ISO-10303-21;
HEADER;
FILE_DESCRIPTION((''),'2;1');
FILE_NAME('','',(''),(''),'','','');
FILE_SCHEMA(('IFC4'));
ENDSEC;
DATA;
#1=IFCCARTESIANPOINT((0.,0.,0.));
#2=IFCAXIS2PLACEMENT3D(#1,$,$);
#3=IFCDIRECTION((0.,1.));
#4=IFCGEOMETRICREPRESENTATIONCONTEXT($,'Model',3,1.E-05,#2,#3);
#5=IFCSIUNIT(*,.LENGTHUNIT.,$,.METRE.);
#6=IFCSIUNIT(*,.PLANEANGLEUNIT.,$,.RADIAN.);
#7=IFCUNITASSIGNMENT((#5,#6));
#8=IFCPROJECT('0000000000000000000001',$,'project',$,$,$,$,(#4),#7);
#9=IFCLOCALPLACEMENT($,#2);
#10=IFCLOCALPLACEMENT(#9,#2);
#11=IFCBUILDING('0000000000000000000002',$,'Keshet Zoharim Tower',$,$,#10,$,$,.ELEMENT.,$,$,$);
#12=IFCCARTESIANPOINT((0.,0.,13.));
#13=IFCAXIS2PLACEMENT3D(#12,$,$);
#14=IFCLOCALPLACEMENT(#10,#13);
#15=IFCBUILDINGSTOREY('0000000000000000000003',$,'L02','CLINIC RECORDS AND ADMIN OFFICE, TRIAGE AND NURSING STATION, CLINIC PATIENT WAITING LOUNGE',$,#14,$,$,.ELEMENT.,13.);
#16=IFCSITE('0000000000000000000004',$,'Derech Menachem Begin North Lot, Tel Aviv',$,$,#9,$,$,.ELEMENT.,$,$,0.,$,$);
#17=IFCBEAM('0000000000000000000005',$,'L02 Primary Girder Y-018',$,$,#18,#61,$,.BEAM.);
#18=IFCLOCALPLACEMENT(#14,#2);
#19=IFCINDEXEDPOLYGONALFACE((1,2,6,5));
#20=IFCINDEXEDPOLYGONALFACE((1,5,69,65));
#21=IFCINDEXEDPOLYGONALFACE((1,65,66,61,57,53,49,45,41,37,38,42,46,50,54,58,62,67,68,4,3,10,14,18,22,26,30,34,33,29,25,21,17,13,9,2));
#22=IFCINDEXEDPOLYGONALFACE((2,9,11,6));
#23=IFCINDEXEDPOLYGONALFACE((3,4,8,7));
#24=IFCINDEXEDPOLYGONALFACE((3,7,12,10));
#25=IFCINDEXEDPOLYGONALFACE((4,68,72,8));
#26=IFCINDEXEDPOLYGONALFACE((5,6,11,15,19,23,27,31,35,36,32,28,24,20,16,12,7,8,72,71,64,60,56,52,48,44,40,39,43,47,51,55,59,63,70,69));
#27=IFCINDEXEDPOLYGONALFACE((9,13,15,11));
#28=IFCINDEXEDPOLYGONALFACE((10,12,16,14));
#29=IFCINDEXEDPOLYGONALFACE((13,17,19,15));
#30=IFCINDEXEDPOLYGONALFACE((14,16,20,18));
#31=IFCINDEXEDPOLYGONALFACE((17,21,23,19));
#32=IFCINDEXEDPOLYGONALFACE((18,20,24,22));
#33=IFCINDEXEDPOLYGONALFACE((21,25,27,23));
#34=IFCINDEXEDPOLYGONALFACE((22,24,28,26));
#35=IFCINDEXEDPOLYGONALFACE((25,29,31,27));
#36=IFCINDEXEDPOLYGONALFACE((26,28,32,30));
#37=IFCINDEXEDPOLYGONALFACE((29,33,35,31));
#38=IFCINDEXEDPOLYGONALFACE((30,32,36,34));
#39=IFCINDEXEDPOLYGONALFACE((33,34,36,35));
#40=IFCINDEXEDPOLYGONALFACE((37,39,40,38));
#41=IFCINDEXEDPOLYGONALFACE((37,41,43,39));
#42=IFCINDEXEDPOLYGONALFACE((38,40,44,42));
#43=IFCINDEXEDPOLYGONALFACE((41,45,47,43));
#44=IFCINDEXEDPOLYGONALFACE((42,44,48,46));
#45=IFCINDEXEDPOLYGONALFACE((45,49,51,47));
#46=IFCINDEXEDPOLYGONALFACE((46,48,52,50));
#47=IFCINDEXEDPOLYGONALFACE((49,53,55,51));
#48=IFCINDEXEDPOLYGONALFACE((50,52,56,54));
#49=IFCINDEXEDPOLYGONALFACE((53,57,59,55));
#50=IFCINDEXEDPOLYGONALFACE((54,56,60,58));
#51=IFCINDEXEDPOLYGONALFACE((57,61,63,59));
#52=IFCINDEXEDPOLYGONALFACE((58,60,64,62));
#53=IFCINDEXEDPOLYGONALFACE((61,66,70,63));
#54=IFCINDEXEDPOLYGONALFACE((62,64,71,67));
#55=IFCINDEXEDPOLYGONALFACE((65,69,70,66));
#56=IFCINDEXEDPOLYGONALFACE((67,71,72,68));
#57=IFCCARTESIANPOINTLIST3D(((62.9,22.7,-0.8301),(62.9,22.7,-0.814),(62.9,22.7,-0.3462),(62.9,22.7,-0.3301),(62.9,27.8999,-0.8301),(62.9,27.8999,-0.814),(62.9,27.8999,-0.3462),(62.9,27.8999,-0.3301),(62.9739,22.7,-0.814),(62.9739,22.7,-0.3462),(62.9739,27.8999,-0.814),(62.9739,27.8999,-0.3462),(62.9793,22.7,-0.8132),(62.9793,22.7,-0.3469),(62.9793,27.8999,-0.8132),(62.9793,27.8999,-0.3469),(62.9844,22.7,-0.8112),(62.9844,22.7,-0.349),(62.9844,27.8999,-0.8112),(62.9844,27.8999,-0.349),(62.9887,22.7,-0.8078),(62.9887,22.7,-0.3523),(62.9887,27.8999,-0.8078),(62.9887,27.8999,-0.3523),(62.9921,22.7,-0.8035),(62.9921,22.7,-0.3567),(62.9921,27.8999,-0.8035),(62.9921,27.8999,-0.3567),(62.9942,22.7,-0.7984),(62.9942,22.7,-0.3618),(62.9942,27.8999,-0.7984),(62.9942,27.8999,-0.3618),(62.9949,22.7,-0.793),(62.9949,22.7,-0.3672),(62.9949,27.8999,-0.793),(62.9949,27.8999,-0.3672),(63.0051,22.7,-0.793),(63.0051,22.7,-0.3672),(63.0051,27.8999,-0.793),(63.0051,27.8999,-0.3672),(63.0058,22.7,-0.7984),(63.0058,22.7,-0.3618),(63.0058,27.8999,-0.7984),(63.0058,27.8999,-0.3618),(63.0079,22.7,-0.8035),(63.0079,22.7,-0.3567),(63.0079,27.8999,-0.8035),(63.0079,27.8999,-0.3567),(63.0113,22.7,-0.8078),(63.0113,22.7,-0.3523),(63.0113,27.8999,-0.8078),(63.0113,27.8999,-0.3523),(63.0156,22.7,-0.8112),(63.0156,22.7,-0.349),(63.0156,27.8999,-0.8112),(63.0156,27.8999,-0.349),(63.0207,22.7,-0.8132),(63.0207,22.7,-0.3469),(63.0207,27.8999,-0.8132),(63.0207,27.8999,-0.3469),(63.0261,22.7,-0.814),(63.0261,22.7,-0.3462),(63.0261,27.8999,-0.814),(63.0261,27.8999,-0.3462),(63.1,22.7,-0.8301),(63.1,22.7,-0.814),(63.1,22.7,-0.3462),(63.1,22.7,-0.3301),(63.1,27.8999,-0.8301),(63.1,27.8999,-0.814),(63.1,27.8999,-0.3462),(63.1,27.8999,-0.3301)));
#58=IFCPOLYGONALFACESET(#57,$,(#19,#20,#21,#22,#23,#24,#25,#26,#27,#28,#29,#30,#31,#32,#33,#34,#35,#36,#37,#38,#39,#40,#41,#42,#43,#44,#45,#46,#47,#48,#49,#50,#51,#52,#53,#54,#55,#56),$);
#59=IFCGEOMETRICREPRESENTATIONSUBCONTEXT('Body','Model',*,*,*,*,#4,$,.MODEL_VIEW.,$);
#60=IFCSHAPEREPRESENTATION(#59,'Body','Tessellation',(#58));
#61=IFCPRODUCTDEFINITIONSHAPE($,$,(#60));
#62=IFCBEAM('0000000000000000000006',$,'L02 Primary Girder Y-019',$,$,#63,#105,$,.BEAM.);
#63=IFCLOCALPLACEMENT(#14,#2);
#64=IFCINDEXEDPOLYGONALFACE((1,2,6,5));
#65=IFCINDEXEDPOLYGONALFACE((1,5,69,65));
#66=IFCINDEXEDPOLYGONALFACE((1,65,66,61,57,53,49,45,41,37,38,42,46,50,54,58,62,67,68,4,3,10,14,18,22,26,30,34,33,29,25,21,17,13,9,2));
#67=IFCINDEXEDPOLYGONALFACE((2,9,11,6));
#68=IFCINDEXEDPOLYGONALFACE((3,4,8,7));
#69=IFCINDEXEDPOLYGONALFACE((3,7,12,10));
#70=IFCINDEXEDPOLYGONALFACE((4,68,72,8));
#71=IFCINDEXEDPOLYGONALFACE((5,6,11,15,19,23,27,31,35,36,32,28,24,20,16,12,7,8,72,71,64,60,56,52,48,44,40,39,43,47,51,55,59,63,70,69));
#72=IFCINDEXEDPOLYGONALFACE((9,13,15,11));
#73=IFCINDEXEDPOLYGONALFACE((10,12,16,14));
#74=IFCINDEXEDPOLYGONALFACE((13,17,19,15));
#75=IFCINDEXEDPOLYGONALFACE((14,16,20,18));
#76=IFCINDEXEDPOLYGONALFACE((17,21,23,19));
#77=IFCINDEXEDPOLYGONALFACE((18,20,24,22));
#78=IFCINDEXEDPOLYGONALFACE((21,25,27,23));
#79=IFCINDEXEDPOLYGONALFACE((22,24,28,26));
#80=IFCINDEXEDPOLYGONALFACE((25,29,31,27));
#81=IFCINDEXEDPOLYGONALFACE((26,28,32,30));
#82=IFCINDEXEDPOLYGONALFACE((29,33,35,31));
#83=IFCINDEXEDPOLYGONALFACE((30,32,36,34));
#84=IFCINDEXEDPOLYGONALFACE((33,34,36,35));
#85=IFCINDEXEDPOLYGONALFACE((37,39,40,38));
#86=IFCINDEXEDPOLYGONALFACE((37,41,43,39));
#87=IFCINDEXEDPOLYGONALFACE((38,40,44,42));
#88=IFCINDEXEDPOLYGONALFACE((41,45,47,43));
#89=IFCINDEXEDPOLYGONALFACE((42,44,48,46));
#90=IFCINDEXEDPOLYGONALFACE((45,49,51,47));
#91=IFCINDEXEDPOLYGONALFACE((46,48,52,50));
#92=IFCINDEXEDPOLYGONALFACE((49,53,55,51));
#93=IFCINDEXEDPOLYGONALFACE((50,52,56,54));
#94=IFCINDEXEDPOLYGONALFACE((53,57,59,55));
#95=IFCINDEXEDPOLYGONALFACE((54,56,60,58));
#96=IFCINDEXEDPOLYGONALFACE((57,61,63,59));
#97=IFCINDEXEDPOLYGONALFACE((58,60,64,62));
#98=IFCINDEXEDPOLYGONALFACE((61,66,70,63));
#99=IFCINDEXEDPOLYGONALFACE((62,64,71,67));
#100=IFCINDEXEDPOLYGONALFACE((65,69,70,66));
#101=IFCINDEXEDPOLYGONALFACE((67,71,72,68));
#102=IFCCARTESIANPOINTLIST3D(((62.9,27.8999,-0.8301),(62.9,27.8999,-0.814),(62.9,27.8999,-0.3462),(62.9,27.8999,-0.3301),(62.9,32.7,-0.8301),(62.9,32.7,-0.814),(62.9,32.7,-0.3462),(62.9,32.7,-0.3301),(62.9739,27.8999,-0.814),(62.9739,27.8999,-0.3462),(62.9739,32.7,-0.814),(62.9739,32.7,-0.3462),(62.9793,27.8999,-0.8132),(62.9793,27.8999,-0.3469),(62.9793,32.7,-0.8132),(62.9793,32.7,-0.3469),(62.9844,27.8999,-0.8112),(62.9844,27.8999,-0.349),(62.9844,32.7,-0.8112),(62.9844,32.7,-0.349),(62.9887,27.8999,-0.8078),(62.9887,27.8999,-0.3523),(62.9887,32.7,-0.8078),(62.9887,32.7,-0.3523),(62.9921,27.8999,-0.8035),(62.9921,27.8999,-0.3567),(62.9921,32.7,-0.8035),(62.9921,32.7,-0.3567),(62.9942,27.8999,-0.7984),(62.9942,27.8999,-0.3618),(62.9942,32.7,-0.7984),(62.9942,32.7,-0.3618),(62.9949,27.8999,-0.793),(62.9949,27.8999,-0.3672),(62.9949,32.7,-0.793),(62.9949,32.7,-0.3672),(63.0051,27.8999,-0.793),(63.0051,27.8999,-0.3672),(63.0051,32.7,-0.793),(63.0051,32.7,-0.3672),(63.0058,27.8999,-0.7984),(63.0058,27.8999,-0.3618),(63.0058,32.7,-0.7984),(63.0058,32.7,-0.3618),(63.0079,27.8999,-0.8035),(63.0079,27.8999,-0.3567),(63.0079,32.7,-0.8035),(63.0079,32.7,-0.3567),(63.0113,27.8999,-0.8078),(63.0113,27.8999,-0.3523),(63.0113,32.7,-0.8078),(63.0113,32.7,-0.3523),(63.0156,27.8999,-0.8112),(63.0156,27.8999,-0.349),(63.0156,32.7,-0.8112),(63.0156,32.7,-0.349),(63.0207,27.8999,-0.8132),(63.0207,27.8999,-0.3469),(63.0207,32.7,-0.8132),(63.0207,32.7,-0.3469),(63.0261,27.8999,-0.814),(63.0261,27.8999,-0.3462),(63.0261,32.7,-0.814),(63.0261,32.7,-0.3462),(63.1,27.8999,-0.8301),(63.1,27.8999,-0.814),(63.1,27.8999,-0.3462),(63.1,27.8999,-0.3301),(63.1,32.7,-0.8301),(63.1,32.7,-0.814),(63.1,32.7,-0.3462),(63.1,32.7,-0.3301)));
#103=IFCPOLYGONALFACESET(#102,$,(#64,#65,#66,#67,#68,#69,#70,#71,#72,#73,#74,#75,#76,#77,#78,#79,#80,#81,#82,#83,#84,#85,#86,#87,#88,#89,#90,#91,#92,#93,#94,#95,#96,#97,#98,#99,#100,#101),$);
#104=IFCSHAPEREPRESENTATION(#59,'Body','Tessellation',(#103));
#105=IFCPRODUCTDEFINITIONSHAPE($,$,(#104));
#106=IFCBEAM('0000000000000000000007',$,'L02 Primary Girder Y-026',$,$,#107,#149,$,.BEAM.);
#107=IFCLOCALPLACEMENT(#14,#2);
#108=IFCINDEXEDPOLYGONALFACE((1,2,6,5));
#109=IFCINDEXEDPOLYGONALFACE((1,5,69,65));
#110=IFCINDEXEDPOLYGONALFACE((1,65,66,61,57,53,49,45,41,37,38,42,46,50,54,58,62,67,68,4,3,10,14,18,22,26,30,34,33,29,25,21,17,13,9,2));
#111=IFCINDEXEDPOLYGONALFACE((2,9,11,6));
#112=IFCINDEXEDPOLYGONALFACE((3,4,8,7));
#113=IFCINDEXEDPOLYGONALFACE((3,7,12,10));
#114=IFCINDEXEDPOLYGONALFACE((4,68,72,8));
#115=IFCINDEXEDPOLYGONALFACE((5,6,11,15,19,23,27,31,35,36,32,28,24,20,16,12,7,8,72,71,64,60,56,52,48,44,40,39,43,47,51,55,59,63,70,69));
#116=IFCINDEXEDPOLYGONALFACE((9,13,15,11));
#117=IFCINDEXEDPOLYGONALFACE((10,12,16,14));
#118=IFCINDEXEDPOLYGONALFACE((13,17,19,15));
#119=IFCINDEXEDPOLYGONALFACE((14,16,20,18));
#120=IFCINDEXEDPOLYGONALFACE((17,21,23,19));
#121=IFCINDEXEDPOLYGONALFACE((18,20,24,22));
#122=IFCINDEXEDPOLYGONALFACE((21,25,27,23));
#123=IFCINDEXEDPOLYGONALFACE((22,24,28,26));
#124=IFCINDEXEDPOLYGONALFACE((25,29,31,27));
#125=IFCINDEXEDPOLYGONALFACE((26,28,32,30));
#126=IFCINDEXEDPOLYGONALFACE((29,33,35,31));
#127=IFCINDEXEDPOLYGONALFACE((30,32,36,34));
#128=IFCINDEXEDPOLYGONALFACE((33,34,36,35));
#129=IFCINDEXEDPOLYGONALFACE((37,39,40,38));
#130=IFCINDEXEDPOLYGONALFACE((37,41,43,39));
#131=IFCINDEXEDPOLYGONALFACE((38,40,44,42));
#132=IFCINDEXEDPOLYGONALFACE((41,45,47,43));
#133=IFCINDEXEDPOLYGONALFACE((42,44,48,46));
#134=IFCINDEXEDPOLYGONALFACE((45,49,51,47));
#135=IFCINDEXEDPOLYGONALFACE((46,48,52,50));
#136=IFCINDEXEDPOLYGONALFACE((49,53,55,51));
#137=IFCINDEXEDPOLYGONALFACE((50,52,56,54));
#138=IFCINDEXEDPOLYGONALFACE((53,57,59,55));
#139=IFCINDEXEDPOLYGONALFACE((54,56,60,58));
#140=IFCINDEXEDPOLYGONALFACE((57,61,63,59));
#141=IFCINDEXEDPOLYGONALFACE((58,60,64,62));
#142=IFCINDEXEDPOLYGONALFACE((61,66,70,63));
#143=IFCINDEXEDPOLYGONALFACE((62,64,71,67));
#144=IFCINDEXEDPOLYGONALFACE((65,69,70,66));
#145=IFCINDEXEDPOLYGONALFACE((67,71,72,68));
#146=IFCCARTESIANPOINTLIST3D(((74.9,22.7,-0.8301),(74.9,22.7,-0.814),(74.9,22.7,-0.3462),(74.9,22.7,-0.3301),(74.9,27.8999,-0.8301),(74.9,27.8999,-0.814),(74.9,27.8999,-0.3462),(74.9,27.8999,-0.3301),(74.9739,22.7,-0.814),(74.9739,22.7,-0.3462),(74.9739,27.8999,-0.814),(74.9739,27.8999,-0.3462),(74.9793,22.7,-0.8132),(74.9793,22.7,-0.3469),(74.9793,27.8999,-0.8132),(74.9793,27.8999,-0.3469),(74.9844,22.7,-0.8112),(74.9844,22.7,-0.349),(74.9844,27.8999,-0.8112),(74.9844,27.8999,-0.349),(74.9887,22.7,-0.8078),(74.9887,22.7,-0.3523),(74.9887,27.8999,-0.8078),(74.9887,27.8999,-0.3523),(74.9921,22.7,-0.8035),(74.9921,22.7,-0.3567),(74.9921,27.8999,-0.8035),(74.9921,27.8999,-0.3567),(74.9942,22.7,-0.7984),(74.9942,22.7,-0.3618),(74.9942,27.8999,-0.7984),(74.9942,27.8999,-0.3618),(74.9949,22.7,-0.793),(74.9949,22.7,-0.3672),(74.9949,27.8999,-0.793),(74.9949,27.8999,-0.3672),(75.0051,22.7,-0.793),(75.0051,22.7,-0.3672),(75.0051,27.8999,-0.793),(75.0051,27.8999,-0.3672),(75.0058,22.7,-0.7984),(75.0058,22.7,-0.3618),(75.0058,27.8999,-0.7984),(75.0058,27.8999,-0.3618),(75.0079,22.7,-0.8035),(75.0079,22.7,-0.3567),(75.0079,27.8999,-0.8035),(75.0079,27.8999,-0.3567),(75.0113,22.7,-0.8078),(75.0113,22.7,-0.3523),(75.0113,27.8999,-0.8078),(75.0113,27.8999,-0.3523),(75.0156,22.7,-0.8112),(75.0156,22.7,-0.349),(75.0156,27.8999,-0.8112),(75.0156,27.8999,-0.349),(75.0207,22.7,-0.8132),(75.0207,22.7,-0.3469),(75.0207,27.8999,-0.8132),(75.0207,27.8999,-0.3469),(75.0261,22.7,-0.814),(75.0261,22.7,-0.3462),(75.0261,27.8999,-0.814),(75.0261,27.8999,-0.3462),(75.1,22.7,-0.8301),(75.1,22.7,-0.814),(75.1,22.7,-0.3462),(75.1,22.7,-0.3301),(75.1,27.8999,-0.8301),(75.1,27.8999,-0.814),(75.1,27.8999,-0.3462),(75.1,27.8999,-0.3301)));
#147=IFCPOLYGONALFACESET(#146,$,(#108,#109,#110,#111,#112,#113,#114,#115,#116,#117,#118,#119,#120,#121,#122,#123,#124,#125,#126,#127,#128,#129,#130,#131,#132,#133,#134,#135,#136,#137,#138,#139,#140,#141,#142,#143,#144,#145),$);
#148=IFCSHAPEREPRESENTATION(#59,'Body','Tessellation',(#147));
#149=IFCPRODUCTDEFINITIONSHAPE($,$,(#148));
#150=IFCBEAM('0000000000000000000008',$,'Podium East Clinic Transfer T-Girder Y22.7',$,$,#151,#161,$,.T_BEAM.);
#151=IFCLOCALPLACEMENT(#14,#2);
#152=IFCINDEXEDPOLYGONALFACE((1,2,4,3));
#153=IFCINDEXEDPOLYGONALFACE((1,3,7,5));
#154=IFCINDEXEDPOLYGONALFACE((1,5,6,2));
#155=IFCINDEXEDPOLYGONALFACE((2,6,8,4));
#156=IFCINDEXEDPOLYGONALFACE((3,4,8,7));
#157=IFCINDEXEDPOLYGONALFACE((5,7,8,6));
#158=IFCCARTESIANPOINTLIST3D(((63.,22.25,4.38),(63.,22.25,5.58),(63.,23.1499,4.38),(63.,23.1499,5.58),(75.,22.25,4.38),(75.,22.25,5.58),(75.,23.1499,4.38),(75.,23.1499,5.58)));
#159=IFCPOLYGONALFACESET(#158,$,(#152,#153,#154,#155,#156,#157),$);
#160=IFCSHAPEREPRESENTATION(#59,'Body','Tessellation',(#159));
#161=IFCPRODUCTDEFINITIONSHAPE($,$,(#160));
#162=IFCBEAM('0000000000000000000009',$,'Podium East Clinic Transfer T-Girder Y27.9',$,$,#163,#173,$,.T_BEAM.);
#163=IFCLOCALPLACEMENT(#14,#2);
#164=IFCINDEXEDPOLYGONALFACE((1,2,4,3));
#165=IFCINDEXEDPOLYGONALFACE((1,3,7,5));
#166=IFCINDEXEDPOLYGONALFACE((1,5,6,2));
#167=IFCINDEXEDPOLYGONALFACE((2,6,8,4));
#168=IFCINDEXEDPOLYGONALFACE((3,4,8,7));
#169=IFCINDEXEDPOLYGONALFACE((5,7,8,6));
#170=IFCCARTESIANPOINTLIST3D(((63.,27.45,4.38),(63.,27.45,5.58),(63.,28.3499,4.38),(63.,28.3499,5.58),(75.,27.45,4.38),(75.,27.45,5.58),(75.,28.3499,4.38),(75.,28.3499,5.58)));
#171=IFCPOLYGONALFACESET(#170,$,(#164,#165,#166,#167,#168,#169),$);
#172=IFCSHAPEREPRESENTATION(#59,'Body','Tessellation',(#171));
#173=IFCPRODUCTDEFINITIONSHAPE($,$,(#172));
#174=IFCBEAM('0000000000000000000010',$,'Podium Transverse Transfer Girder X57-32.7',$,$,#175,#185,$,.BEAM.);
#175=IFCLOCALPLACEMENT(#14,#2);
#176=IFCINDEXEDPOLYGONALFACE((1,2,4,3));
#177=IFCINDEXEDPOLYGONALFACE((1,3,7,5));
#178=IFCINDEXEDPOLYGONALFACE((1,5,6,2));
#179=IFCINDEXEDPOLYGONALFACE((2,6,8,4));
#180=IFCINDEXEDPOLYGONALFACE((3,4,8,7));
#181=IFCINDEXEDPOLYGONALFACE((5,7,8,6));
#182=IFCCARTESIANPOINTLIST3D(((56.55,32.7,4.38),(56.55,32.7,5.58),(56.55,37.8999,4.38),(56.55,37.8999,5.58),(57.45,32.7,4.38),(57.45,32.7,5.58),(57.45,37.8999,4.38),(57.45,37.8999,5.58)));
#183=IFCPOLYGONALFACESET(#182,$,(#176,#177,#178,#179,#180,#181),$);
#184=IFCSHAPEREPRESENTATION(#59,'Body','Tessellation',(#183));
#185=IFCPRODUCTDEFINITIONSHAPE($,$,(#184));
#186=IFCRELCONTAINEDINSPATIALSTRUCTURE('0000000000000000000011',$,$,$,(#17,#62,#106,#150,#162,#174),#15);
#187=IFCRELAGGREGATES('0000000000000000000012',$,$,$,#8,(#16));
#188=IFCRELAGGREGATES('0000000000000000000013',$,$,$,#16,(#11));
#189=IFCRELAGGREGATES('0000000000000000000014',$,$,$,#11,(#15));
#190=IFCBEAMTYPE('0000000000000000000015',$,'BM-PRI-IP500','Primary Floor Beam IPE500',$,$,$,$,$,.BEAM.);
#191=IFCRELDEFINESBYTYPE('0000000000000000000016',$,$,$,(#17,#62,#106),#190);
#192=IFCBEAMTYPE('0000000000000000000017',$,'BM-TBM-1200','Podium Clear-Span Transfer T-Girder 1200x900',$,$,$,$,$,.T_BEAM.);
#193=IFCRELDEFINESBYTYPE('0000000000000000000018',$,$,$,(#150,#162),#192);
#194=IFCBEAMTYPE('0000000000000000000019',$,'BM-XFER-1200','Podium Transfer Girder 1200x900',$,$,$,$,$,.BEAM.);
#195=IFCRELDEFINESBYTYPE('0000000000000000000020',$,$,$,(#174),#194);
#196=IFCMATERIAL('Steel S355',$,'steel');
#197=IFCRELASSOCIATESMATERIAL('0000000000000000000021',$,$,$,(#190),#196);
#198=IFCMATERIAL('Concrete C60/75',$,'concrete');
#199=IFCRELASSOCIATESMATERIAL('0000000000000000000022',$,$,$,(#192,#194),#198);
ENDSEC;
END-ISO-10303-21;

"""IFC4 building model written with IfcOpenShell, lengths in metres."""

from ifc_helpers import new_model, si_unit, direction, frame, origin, origin_2d, place, context, subcontext, project, spatial, rectangle, i_section, extrude, material, material_profile, profile_set, type_object, element, save


model = new_model("IFC4")

# Units and contexts
model_context = context("Model", 3, precision=1e-05, world=origin(), true_north=direction((0.0, 1.0)))
body_context = subcontext(model_context, "Body", "Model", "MODEL_VIEW")
ifc_project = project(units=[si_unit("LENGTHUNIT", "METRE"), si_unit("PLANEANGLEUNIT", "RADIAN")], contexts=[model_context])

# Site, building, storey
site_placement = place(None, origin())
site = spatial("IfcSite", under=ifc_project, at=site_placement, Name="Derech Menachem Begin North Lot, Tel Aviv", CompositionType="ELEMENT", RefElevation=0.0)
building_placement = place(site_placement, origin())
building = spatial("IfcBuilding", under=site, at=building_placement, Name="Keshet Zoharim Tower", CompositionType="ELEMENT")
storey_placement = place(building_placement, frame((0.0, 0.0, 13.0)))
storey = spatial("IfcBuildingStorey", under=building, at=storey_placement, Name="L02", Description="CLINIC RECORDS AND ADMIN OFFICE, TRIAGE AND NURSING STATION, CLINIC PATIENT WAITING LOUNGE", CompositionType="ELEMENT", Elevation=13.0)

# Shared definitions
ifc_material_1 = material(Name="Concrete C60/75", Category="concrete")

# Beams
ifc_material_2 = material(Name="Steel S355", Category="steel")
ifc_material_profile_1 = material_profile(ifc_material_2, i_section(OverallWidth=0.2, OverallDepth=0.5, WebThickness=0.0103, FlangeThickness=0.0161, FilletRadius=0.021, at=origin_2d()), Name="IPE500")
ifc_profile_set_1 = profile_set([ifc_material_profile_1], Name="Steel S355")
beam_type_1 = type_object("IfcBeamType", Name="BM-PRI-IP500", Description="Primary Floor Beam IPE500", PredefinedType="BEAM", material=ifc_profile_set_1)
beam_1_placement = place(storey_placement, frame((63.0, 22.7, -0.5801), z_axis=(0.0, 1.0, 0.0), x_axis=(-1.0, 0.0, 0.0)))
element("IfcBeam", 1, at=beam_1_placement, inside=storey, type_object=beam_type_1, Name="L02 Primary Girder Y-018", PredefinedType="BEAM", context=body_context, shape_type="SweptSolid", body=[
    extrude(i_section(OverallWidth=0.2, OverallDepth=0.5, WebThickness=0.0103, FlangeThickness=0.0161, FilletRadius=0.021, at=origin_2d()), origin(), (0.0, 0.0, 1.0), 5.2),
])
beam_2_placement = place(storey_placement, frame((63.0, 27.8999, -0.5801), z_axis=(0.0, 1.0, 0.0), x_axis=(-1.0, 0.0, 0.0)))
element("IfcBeam", 2, at=beam_2_placement, inside=storey, type_object=beam_type_1, Name="L02 Primary Girder Y-019", PredefinedType="BEAM", context=body_context, shape_type="SweptSolid", body=[
    extrude(i_section(OverallWidth=0.2, OverallDepth=0.5, WebThickness=0.0103, FlangeThickness=0.0161, FilletRadius=0.021, at=origin_2d()), origin(), (0.0, 0.0, 1.0), 4.8),
])
beam_3_placement = place(storey_placement, frame((75.0, 22.7, -0.5801), z_axis=(0.0, 1.0, 0.0), x_axis=(-1.0, 0.0, 0.0)))
element("IfcBeam", 3, at=beam_3_placement, inside=storey, type_object=beam_type_1, Name="L02 Primary Girder Y-026", PredefinedType="BEAM", context=body_context, shape_type="SweptSolid", body=[
    extrude(i_section(OverallWidth=0.2, OverallDepth=0.5, WebThickness=0.0103, FlangeThickness=0.0161, FilletRadius=0.021, at=origin_2d()), origin(), (0.0, 0.0, 1.0), 5.2),
])
ifc_material_profile_2 = material_profile(ifc_material_1, rectangle(XDim=0.8999, YDim=1.2, at=origin_2d()), Name="RC1200x900")
ifc_profile_set_2 = profile_set([ifc_material_profile_2], Name="Concrete C60/75")
beam_type_2 = type_object("IfcBeamType", Name="BM-TBM-1200", Description="Podium Clear-Span Transfer T-Girder 1200x900", PredefinedType="T_BEAM", material=ifc_profile_set_2)
for number, where, z_axis, x_axis, name in (
    (4, (63.0, 22.7, 4.98), (1.0, 0.0, 0.0), (0.0, 1.0, 0.0), "Podium East Clinic Transfer T-Girder Y22.7"),
    (5, (63.0, 27.8999, 4.98), (1.0, 0.0, 0.0), (0.0, 1.0, 0.0), "Podium East Clinic Transfer T-Girder Y27.9"),
):
    element("IfcBeam", number, at=place(storey_placement, frame(where, z_axis=z_axis, x_axis=x_axis)), inside=storey, type_object=beam_type_2, Name=name, PredefinedType="T_BEAM", context=body_context, shape_type="SweptSolid", body=[
        extrude(rectangle(XDim=0.8999, YDim=1.2, at=origin_2d()), origin(), (0.0, 0.0, 1.0), 12.0),
    ])
ifc_material_profile_3 = material_profile(ifc_material_1, rectangle(XDim=0.8999, YDim=1.2, at=origin_2d()), Name="RC1200x900")
ifc_profile_set_3 = profile_set([ifc_material_profile_3], Name="Concrete C60/75")
beam_type_3 = type_object("IfcBeamType", Name="BM-XFER-1200", Description="Podium Transfer Girder 1200x900", PredefinedType="BEAM", material=ifc_profile_set_3)
beam_4_placement = place(storey_placement, frame((57.0, 32.7, 4.98), z_axis=(0.0, 1.0, 0.0), x_axis=(-1.0, 0.0, 0.0)))
element("IfcBeam", 6, at=beam_4_placement, inside=storey, type_object=beam_type_3, Name="Podium Transverse Transfer Girder X57-32.7", PredefinedType="BEAM", context=body_context, shape_type="SweptSolid", body=[
    extrude(rectangle(XDim=0.8999, YDim=1.2, at=origin_2d()), origin(), (0.0, 0.0, 1.0), 5.2),
])

save(model, "model.ifc")
